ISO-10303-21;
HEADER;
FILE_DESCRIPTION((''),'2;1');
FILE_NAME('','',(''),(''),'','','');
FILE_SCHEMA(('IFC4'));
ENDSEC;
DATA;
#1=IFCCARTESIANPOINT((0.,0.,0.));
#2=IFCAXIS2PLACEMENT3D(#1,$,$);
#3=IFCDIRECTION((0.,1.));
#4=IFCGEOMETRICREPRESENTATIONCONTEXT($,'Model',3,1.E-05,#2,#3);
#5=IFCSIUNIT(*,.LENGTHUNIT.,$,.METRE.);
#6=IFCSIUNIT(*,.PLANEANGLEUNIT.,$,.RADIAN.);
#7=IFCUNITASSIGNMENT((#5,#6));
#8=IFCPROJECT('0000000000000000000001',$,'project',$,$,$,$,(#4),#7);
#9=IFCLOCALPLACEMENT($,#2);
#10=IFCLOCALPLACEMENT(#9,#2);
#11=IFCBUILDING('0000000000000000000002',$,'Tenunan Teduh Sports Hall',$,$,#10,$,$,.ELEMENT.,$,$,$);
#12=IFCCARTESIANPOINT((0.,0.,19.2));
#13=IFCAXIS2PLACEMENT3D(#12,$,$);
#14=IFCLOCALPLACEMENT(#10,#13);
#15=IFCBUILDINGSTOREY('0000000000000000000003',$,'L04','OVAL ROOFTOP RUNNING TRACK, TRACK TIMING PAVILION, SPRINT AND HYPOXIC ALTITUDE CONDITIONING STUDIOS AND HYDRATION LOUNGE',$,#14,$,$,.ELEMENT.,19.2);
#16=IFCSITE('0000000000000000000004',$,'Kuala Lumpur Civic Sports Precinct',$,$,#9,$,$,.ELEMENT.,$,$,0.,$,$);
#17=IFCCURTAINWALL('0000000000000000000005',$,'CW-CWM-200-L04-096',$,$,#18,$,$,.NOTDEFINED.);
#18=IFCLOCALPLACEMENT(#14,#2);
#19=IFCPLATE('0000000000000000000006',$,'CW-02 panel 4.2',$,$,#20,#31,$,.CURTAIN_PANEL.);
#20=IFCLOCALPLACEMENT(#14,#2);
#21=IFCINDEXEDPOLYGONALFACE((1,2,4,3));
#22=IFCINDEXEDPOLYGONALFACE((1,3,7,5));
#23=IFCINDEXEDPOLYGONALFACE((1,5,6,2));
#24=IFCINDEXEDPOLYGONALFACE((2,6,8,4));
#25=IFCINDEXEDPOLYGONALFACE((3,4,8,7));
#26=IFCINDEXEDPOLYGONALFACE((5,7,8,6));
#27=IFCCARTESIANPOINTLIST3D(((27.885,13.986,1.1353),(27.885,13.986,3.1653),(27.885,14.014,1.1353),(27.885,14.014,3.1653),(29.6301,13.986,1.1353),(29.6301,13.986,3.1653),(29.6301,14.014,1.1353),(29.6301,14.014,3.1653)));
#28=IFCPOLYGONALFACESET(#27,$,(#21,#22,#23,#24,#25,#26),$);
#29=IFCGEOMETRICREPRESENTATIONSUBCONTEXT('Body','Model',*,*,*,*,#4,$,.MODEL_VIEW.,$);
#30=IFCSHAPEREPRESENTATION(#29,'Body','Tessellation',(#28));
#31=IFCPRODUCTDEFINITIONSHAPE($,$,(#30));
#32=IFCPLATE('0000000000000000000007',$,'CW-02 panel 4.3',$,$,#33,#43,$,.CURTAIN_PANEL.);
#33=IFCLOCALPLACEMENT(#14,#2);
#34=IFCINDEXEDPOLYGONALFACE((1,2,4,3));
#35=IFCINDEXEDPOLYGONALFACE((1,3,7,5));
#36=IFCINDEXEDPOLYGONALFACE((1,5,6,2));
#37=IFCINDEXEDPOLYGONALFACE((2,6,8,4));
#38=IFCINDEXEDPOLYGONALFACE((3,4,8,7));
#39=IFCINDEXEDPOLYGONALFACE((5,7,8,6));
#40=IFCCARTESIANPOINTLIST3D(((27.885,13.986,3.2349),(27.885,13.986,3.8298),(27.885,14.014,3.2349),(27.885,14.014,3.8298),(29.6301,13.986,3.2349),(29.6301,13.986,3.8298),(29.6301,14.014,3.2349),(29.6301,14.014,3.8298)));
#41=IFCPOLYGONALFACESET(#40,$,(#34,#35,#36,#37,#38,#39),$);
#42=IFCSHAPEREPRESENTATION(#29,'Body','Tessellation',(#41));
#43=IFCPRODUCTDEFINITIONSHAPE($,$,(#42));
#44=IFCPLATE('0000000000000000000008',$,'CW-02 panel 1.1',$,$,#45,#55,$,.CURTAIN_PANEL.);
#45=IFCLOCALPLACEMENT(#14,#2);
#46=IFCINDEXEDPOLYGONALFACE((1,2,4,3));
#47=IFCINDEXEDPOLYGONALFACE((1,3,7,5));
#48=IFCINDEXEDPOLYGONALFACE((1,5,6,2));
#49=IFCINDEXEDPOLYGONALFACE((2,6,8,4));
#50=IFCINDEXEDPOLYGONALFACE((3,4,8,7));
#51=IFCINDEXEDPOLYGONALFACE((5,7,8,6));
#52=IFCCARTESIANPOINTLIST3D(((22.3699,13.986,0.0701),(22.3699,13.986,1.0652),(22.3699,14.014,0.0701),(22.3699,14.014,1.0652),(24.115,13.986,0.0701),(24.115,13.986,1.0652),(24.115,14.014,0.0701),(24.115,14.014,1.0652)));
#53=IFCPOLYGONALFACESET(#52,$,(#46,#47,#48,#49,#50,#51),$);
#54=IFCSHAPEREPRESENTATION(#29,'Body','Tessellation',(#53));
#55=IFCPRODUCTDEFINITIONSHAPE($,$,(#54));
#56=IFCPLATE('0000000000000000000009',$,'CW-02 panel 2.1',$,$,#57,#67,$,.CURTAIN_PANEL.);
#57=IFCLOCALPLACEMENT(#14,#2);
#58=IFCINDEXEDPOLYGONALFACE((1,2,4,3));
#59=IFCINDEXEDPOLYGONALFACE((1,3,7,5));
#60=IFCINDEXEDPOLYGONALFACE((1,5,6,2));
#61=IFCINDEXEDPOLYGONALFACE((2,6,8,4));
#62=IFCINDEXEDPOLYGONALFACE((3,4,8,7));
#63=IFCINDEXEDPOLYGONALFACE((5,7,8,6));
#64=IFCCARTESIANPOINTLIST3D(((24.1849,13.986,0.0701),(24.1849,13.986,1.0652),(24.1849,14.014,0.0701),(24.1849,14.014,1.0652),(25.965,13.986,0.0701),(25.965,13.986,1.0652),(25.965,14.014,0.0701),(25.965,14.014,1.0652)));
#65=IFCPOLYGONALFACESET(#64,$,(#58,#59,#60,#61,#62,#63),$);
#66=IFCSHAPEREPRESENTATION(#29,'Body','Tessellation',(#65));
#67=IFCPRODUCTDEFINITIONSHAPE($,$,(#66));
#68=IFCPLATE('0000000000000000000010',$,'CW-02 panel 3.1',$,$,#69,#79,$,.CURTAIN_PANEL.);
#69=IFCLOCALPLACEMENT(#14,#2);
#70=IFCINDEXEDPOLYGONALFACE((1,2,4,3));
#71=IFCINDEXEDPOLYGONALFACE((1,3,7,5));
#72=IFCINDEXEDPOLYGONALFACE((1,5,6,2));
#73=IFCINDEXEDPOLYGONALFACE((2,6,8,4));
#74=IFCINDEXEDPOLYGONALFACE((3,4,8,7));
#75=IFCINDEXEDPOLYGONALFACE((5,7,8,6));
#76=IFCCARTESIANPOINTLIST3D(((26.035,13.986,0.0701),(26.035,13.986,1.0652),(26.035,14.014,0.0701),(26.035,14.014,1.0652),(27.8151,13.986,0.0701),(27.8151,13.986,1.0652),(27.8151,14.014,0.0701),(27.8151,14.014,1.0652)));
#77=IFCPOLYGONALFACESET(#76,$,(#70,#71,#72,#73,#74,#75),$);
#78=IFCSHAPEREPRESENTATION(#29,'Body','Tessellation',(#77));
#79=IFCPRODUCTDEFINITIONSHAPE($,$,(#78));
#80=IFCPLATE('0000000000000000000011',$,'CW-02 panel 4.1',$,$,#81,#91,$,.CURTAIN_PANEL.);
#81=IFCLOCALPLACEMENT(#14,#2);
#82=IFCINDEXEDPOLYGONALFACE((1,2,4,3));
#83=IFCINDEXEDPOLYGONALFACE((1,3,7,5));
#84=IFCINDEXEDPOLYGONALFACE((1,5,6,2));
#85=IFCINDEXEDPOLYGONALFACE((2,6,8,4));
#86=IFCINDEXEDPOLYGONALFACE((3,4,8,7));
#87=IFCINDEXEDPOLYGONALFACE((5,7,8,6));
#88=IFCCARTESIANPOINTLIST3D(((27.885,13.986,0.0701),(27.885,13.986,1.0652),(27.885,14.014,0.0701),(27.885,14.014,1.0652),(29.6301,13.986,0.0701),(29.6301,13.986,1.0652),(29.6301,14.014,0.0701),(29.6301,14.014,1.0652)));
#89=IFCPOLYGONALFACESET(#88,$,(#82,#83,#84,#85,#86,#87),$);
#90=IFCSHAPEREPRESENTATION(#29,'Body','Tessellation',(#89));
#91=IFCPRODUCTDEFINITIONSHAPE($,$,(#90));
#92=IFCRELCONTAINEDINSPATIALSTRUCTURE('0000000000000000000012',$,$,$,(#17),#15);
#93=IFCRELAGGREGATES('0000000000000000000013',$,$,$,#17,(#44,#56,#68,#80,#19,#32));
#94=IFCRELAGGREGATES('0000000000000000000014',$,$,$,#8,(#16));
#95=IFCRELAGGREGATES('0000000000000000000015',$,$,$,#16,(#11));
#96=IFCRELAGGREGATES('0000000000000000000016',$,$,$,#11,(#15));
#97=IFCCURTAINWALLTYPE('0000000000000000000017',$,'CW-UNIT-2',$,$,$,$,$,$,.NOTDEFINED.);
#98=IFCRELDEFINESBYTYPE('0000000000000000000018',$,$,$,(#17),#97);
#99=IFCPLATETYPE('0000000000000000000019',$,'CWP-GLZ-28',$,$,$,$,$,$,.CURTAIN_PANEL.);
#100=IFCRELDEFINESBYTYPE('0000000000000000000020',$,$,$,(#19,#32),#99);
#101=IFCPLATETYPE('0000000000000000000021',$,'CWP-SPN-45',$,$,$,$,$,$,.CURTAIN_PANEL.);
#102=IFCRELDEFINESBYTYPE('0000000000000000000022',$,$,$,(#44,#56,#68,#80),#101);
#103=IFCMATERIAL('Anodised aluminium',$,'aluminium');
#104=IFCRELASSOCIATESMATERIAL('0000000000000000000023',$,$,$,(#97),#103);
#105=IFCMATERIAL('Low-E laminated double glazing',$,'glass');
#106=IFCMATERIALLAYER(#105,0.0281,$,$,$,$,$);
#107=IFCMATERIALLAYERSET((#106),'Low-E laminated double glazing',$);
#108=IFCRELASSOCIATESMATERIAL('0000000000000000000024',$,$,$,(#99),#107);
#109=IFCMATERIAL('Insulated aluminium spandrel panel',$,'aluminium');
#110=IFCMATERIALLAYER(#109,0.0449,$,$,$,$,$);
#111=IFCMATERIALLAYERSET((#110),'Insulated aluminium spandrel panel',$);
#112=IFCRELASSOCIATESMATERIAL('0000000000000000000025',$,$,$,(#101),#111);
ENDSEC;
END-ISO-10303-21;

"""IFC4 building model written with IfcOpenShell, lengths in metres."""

from ifc_helpers import new_model, si_unit, direction, frame, origin, origin_2d, place, context, subcontext, project, spatial, rectangle, extrude, material, layer, layer_set, type_object, element, aggregate, save


model = new_model("IFC4")

# Units and contexts
model_context = context("Model", 3, precision=1e-05, world=origin(), true_north=direction((0.0, 1.0)))
body_context = subcontext(model_context, "Body", "Model", "MODEL_VIEW")
ifc_project = project(units=[si_unit("LENGTHUNIT", "METRE"), si_unit("PLANEANGLEUNIT", "RADIAN")], contexts=[model_context])

# Site, building, storey
site_placement = place(None, origin())
site = spatial("IfcSite", under=ifc_project, at=site_placement, Name="Kuala Lumpur Civic Sports Precinct", CompositionType="ELEMENT", RefElevation=0.0)
building_placement = place(site_placement, origin())
building = spatial("IfcBuilding", under=site, at=building_placement, Name="Tenunan Teduh Sports Hall", CompositionType="ELEMENT")
storey_placement = place(building_placement, frame((0.0, 0.0, 19.2)))
storey = spatial("IfcBuildingStorey", under=building, at=storey_placement, Name="L04", Description="OVAL ROOFTOP RUNNING TRACK, TRACK TIMING PAVILION, SPRINT AND HYPOXIC ALTITUDE CONDITIONING STUDIOS AND HYDRATION LOUNGE", CompositionType="ELEMENT", Elevation=19.2)

# Curtain wall
ifc_material_1 = material(Name="Anodised aluminium", Category="aluminium")
curtain_wall_type = type_object("IfcCurtainWallType", Name="CW-UNIT-2", PredefinedType="NOTDEFINED", material=ifc_material_1)
curtain_wall_placement = place(storey_placement, origin())
curtain_wall = element("IfcCurtainWall", 1, at=curtain_wall_placement, inside=storey, type_object=curtain_wall_type, Name="CW-CWM-200-L04-096", PredefinedType="NOTDEFINED")

# Plates
ifc_material_2 = material(Name="Low-E laminated double glazing", Category="glass")
ifc_layer_1 = layer(ifc_material_2, 0.0281)
ifc_layer_set_1 = layer_set([ifc_layer_1], Name="Low-E laminated double glazing")
plate_type_1 = type_object("IfcPlateType", Name="CWP-GLZ-28", PredefinedType="CURTAIN_PANEL", material=ifc_layer_set_1)
plate_1_placement = place(storey_placement, frame((28.7576, 14.0, 1.1353), z_axis=(0.0, 0.0, 1.0), x_axis=(1.0, 0.0, 0.0)))
plate_1 = element("IfcPlate", 2, at=plate_1_placement, type_object=plate_type_1, Name="CW-02 panel 4.2", PredefinedType="CURTAIN_PANEL", context=body_context, shape_type="SweptSolid", body=[
    extrude(rectangle(XDim=1.7451, YDim=0.0281, at=origin_2d()), origin(), (0.0, 0.0, 1.0), 2.03),
])
plate_2_placement = place(storey_placement, frame((28.7576, 14.0, 3.2349), z_axis=(0.0, 0.0, 1.0), x_axis=(1.0, 0.0, 0.0)))
plate_2 = element("IfcPlate", 3, at=plate_2_placement, type_object=plate_type_1, Name="CW-02 panel 4.3", PredefinedType="CURTAIN_PANEL", context=body_context, shape_type="SweptSolid", body=[
    extrude(rectangle(XDim=1.7451, YDim=0.0281, at=origin_2d()), origin(), (0.0, 0.0, 1.0), 0.595),
])
ifc_material_3 = material(Name="Insulated aluminium spandrel panel", Category="aluminium")
ifc_layer_2 = layer(ifc_material_3, 0.0449)
ifc_layer_set_2 = layer_set([ifc_layer_2], Name="Insulated aluminium spandrel panel")
plate_type_2 = type_object("IfcPlateType", Name="CWP-SPN-45", PredefinedType="CURTAIN_PANEL", material=ifc_layer_set_2)
plate_3_placement = place(storey_placement, frame((23.2424, 14.0, 0.0701), z_axis=(0.0, 0.0, 1.0), x_axis=(1.0, 0.0, 0.0)))
plate_3 = element("IfcPlate", 4, at=plate_3_placement, type_object=plate_type_2, Name="CW-02 panel 1.1", PredefinedType="CURTAIN_PANEL", context=body_context, shape_type="SweptSolid", body=[
    extrude(rectangle(XDim=1.7451, YDim=0.0281, at=origin_2d()), origin(), (0.0, 0.0, 1.0), 0.9951),
])
plate_4_placement = place(storey_placement, frame((25.075, 14.0, 0.0701), z_axis=(0.0, 0.0, 1.0), x_axis=(1.0, 0.0, 0.0)))
plate_4 = element("IfcPlate", 5, at=plate_4_placement, type_object=plate_type_2, Name="CW-02 panel 2.1", PredefinedType="CURTAIN_PANEL", context=body_context, shape_type="SweptSolid", body=[
    extrude(rectangle(XDim=1.78, YDim=0.0281, at=origin_2d()), origin(), (0.0, 0.0, 1.0), 0.9951),
])
plate_5_placement = place(storey_placement, frame((26.925, 14.0, 0.0701), z_axis=(0.0, 0.0, 1.0), x_axis=(1.0, 0.0, 0.0)))
plate_5 = element("IfcPlate", 6, at=plate_5_placement, type_object=plate_type_2, Name="CW-02 panel 3.1", PredefinedType="CURTAIN_PANEL", context=body_context, shape_type="SweptSolid", body=[
    extrude(rectangle(XDim=1.78, YDim=0.0281, at=origin_2d()), origin(), (0.0, 0.0, 1.0), 0.9951),
])
plate_6_placement = place(storey_placement, frame((28.7576, 14.0, 0.0701), z_axis=(0.0, 0.0, 1.0), x_axis=(1.0, 0.0, 0.0)))
plate_6 = element("IfcPlate", 7, at=plate_6_placement, type_object=plate_type_2, Name="CW-02 panel 4.1", PredefinedType="CURTAIN_PANEL", context=body_context, shape_type="SweptSolid", body=[
    extrude(rectangle(XDim=1.7451, YDim=0.0281, at=origin_2d()), origin(), (0.0, 0.0, 1.0), 0.9951),
])
aggregate(curtain_wall, [plate_3, plate_4, plate_5, plate_6, plate_1, plate_2])

save(model, "model.ifc")
